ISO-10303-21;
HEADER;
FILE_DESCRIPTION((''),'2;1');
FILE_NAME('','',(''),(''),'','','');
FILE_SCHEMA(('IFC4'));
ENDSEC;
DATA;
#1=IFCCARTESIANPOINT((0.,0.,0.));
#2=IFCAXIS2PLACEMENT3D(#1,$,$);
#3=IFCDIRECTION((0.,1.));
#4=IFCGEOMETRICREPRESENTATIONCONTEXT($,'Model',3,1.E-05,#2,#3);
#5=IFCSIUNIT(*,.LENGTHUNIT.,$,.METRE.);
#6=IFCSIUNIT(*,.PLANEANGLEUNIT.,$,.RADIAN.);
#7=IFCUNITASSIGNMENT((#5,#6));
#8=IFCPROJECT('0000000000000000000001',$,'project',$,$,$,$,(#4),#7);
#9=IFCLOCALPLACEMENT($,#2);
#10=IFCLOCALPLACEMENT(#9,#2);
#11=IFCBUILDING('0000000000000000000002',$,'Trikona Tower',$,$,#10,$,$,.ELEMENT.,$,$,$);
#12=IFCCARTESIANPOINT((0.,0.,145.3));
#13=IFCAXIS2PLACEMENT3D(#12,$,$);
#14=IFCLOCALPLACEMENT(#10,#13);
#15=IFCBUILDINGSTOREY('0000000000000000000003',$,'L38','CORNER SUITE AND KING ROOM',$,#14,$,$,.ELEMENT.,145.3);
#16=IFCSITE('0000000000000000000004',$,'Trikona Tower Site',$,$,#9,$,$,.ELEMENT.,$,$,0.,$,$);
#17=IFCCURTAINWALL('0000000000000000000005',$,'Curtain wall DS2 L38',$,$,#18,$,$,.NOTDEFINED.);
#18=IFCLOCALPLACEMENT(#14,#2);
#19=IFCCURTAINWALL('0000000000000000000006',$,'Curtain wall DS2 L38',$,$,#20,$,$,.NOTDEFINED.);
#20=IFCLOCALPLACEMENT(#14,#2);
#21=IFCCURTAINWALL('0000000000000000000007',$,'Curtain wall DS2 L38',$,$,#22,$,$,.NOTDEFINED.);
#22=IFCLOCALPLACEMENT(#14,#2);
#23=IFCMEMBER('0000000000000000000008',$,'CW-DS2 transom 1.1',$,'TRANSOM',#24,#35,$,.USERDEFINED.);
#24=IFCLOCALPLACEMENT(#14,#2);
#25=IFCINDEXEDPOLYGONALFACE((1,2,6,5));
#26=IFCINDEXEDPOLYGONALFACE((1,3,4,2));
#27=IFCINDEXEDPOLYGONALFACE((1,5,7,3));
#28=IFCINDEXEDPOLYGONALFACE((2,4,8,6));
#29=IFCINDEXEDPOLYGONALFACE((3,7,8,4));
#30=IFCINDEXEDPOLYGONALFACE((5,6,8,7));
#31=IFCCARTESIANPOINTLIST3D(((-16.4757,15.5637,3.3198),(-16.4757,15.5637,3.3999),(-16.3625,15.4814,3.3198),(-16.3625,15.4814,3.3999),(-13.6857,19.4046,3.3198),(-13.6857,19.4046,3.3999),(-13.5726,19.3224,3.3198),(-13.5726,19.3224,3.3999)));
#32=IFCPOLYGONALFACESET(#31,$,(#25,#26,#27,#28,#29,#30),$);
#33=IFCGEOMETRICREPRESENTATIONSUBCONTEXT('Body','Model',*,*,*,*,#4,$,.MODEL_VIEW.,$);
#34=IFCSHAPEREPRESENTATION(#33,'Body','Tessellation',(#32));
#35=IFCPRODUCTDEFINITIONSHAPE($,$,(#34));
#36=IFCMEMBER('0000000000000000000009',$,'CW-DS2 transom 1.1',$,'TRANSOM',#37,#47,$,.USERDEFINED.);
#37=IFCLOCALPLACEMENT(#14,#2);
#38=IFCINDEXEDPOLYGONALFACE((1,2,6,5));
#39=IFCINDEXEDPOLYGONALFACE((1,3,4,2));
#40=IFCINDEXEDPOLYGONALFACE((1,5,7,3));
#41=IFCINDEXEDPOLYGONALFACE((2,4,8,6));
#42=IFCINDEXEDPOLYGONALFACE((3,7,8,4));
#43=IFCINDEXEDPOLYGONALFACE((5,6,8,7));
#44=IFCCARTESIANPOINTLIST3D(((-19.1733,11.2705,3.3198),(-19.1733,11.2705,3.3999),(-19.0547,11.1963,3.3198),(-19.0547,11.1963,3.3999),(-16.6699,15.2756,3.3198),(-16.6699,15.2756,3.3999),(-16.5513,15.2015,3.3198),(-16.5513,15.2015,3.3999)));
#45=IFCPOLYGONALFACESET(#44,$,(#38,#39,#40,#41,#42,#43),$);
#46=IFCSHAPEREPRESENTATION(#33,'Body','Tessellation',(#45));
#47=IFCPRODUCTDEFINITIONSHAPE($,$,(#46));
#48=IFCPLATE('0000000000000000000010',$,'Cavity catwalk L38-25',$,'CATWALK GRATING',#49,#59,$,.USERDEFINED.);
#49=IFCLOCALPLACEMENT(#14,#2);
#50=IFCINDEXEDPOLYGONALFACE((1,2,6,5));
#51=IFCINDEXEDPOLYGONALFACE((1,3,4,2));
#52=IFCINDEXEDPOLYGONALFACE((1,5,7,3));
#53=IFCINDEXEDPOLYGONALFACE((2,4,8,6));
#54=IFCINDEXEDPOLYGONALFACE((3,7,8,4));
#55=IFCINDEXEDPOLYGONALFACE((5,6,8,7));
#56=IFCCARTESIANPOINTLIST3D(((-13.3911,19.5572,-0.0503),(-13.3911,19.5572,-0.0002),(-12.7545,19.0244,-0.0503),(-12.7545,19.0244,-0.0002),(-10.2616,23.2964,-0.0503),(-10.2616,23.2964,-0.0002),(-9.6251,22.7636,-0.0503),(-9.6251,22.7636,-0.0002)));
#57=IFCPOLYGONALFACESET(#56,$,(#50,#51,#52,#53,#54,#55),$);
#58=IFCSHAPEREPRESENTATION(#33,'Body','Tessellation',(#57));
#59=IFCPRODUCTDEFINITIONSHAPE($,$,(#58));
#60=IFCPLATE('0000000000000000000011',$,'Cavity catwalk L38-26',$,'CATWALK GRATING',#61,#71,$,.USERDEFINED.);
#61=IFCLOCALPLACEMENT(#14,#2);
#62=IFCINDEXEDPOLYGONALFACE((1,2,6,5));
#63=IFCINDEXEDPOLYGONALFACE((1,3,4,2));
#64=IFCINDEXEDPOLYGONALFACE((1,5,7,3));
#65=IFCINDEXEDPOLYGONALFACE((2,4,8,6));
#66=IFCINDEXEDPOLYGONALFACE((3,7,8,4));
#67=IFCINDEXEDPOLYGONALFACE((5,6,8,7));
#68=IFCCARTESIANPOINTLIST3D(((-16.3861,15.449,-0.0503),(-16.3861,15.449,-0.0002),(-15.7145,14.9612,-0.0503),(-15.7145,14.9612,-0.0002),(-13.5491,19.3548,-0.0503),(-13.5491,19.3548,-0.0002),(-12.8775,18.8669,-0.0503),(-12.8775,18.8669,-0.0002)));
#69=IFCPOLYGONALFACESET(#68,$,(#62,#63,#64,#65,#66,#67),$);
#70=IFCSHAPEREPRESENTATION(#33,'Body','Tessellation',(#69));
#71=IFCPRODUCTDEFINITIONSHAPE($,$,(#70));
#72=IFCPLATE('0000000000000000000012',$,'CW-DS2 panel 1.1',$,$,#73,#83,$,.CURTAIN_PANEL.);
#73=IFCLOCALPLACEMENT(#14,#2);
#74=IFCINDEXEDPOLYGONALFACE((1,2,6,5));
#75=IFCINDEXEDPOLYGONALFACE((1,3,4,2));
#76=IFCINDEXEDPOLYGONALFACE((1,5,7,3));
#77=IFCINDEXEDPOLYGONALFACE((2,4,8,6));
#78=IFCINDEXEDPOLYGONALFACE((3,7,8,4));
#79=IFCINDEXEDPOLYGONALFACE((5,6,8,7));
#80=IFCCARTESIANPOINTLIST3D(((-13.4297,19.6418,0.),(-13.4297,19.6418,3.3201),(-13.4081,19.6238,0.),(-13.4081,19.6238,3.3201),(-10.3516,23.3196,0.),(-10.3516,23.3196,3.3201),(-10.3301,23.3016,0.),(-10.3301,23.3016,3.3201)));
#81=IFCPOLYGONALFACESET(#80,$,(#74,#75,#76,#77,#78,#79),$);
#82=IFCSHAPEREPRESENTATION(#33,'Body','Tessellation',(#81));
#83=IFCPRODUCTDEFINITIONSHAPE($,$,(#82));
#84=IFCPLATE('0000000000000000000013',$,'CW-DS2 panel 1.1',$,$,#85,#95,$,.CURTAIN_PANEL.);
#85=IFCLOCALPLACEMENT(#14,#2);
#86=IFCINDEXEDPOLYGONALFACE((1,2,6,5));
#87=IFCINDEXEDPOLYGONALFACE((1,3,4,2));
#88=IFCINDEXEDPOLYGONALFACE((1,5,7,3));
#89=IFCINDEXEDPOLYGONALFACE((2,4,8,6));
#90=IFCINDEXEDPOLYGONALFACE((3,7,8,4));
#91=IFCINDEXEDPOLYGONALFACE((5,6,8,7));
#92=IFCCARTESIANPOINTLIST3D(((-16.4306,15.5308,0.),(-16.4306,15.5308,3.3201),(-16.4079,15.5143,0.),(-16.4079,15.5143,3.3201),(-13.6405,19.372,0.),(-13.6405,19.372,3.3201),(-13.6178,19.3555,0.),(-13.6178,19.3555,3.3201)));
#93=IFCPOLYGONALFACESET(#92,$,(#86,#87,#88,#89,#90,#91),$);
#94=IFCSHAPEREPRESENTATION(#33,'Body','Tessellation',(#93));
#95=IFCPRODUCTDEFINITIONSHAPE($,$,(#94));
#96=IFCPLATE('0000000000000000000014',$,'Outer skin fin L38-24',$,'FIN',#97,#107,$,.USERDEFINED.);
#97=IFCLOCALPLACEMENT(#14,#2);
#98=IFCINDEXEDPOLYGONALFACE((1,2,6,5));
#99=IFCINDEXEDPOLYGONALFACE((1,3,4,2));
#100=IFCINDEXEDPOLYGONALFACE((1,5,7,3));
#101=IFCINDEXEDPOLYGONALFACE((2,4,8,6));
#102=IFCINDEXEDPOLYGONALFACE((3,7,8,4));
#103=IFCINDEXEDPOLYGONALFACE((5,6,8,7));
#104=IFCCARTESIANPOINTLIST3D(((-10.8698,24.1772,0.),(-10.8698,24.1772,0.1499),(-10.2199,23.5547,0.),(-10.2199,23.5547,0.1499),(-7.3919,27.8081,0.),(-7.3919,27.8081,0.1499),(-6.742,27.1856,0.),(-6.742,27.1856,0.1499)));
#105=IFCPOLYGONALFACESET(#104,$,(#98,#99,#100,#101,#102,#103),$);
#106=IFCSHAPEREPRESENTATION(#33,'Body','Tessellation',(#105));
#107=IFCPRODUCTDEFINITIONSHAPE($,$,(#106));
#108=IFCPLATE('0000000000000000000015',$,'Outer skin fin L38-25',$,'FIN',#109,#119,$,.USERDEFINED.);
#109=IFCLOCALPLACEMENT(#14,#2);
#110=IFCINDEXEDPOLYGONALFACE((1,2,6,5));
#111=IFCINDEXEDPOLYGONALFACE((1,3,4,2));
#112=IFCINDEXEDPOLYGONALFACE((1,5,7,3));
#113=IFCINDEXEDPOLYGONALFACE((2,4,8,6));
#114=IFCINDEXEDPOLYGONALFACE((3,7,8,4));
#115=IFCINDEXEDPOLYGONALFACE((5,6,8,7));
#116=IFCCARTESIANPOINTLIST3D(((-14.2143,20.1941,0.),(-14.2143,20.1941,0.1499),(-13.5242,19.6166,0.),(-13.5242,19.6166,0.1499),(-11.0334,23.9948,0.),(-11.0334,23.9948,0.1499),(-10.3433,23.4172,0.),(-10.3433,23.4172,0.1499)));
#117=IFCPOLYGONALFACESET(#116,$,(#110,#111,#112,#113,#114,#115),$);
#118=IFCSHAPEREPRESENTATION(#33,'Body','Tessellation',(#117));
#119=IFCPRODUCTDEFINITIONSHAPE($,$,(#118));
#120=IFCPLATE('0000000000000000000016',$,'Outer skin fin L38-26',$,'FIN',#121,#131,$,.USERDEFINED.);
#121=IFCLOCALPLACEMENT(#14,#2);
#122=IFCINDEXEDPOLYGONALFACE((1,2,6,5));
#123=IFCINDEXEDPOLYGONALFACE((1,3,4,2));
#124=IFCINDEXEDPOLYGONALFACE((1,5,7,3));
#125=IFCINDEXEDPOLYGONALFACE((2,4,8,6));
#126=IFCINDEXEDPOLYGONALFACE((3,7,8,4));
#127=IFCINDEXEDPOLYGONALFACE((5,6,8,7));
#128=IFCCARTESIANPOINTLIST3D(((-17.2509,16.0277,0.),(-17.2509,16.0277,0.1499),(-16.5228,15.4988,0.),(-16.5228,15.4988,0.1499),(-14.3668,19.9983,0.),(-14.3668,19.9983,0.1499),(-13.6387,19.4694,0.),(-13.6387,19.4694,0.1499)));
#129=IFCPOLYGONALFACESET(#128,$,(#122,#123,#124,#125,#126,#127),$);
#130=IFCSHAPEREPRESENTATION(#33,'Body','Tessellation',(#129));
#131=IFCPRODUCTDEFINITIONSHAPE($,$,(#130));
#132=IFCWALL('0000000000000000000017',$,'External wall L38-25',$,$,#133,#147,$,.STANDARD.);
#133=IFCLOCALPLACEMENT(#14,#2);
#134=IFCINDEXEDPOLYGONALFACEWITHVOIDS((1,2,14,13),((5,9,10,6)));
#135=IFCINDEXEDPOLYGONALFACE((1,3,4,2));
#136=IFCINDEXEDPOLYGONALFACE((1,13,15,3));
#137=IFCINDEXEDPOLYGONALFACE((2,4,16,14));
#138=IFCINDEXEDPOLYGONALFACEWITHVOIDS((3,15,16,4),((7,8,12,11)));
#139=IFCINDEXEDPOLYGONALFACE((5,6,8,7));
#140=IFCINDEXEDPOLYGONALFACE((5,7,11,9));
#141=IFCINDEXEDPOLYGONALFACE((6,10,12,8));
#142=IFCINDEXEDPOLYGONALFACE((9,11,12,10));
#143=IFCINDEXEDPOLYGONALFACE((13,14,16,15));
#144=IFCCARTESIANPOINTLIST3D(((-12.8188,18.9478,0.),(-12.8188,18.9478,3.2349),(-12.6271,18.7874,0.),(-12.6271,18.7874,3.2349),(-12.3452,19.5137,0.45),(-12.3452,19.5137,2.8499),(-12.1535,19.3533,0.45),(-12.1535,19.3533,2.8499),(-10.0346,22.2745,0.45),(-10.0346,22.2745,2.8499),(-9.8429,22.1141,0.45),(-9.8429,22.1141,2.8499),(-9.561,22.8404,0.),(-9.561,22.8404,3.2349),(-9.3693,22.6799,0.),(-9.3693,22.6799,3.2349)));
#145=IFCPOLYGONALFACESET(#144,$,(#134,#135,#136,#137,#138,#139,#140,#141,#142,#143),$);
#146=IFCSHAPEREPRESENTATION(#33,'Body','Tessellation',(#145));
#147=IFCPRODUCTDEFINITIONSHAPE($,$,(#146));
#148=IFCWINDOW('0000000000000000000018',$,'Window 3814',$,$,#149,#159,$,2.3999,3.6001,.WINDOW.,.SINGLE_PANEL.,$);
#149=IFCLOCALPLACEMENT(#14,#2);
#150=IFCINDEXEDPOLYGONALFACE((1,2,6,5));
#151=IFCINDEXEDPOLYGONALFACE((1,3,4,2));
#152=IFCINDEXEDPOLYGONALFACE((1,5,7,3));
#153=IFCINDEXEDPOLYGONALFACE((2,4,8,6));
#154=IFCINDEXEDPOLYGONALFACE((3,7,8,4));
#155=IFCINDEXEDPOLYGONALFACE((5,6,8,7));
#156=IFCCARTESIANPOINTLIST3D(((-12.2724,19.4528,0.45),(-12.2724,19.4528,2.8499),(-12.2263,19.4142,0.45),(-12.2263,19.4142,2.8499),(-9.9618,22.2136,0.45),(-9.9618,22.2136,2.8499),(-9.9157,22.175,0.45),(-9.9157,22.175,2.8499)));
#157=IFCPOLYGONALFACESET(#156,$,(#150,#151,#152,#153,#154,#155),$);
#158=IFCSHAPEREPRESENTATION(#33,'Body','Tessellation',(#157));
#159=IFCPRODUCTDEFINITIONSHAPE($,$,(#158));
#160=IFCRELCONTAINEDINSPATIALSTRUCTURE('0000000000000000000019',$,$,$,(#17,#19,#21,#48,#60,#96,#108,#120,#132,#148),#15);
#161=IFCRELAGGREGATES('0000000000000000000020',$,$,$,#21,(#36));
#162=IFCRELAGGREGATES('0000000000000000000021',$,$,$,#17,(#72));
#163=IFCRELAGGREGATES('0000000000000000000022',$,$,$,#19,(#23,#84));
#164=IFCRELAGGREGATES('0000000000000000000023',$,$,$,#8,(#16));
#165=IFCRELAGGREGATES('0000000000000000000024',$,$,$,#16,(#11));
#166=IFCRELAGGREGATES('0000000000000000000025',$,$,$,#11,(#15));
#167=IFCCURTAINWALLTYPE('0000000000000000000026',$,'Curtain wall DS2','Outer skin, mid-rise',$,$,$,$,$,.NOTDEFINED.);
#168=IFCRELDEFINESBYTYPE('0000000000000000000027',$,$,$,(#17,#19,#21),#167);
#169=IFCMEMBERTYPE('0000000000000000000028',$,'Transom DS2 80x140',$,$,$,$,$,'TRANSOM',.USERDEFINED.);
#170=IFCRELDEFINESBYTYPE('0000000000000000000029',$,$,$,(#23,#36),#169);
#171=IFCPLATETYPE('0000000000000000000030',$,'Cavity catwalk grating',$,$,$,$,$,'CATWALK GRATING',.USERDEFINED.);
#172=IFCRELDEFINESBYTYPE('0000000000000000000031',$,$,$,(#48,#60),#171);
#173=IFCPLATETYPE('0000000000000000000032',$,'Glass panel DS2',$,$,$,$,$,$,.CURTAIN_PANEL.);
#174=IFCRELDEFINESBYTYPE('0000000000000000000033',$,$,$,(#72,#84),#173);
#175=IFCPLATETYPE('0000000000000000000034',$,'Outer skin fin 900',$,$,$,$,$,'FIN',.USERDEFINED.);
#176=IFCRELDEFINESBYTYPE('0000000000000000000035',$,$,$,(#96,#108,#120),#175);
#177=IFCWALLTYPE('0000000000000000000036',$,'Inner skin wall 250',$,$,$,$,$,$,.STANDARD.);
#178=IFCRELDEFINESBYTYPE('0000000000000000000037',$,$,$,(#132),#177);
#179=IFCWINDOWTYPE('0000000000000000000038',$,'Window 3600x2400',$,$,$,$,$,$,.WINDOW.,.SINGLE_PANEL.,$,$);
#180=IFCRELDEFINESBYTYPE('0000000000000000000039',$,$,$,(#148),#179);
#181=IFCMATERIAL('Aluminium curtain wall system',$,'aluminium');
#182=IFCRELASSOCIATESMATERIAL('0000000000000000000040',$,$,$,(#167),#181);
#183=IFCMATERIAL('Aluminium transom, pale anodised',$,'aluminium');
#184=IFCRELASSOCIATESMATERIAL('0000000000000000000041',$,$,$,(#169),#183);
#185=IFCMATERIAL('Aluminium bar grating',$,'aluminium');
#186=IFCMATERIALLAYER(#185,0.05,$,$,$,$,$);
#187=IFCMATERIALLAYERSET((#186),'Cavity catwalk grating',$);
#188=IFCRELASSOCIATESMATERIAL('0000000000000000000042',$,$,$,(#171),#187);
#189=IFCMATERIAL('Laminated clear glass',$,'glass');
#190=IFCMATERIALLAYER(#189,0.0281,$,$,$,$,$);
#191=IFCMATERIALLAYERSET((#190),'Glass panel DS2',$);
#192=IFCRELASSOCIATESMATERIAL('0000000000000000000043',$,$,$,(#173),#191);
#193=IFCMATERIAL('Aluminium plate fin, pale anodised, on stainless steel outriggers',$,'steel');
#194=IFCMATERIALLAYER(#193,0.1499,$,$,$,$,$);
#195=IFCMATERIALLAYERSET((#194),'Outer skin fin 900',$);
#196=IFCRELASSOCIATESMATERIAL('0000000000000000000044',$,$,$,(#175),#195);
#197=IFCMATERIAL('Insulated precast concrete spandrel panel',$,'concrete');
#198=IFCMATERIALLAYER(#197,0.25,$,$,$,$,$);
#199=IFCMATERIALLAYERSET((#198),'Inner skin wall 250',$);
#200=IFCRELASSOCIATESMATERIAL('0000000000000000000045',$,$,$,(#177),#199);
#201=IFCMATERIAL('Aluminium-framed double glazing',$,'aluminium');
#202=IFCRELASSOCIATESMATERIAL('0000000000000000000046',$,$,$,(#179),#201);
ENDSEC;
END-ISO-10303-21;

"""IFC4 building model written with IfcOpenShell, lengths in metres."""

from ifc_helpers import new_model, si_unit, direction, frame, frame_2d, origin, origin_2d, place, context, subcontext, project, spatial, rectangle, extrude, material, layer, layer_set, material_profile, profile_set, type_object, element, fill, aggregate, save


model = new_model("IFC4")

# Units and contexts
model_context = context("Model", 3, precision=1e-05, world=origin(), true_north=direction((0.0, 1.0)))
body_context = subcontext(model_context, "Body", "Model", "MODEL_VIEW")
ifc_project = project(units=[si_unit("LENGTHUNIT", "METRE"), si_unit("PLANEANGLEUNIT", "RADIAN")], contexts=[model_context])

# Site, building, storey
site_placement = place(None, origin())
site = spatial("IfcSite", under=ifc_project, at=site_placement, Name="Trikona Tower Site", CompositionType="ELEMENT", RefElevation=0.0)
building_placement = place(site_placement, origin())
building = spatial("IfcBuilding", under=site, at=building_placement, Name="Trikona Tower", CompositionType="ELEMENT")
storey_placement = place(building_placement, frame((0.0, 0.0, 145.3)))
storey = spatial("IfcBuildingStorey", under=building, at=storey_placement, Name="L38", Description="CORNER SUITE AND KING ROOM", CompositionType="ELEMENT", Elevation=145.3)

# Shared definitions
ifc_material_1 = material(Name="Aluminium curtain wall system", Category="aluminium")
curtain_wall_type = type_object("IfcCurtainWallType", Name="Curtain wall DS2", Description="Outer skin, mid-rise", PredefinedType="NOTDEFINED", material=ifc_material_1)

# Curtain walls
curtain_wall_1_placement = place(storey_placement, origin())
curtain_wall_1 = element("IfcCurtainWall", 1, at=curtain_wall_1_placement, inside=storey, type_object=curtain_wall_type, Name="Curtain wall DS2 L38", PredefinedType="NOTDEFINED")
curtain_wall_2_placement = place(storey_placement, origin())
curtain_wall_2 = element("IfcCurtainWall", 2, at=curtain_wall_2_placement, inside=storey, type_object=curtain_wall_type, Name="Curtain wall DS2 L38", PredefinedType="NOTDEFINED")

# Curtain wall
curtain_wall_3_placement = place(storey_placement, origin())
curtain_wall_3 = element("IfcCurtainWall", 3, at=curtain_wall_3_placement, inside=storey, type_object=curtain_wall_type, Name="Curtain wall DS2 L38", PredefinedType="NOTDEFINED")

# Members
ifc_material_2 = material(Name="Aluminium transom, pale anodised", Category="aluminium")
ifc_material_profile_1 = material_profile(ifc_material_2, rectangle(XDim=0.1399, YDim=0.0801, at=origin_2d()), Name="TRN-DS2")
ifc_profile_set_1 = profile_set([ifc_material_profile_1], Name="Aluminium transom, pale anodised")
member_type_1 = type_object("IfcMemberType", Name="Transom DS2 80x140", ElementType="TRANSOM", PredefinedType="USERDEFINED", material=ifc_profile_set_1)
member_1_placement = place(storey_placement, frame((-13.6292, 19.3635, 3.3599), z_axis=(-0.587695, -0.809083, 0.0), x_axis=(0.809083, -0.587695, 0.0)))
member_1 = element("IfcMember", 4, at=member_1_placement, type_object=member_type_1, Name="CW-DS2 transom 1.1", ObjectType="TRANSOM", PredefinedType="USERDEFINED", context=body_context, shape_type="SweptSolid", body=[
    extrude(rectangle(XDim=0.1399, YDim=0.0801, at=origin_2d()), origin(), (0.0, 0.0, 1.0), 4.7473),
])
member_2_placement = place(storey_placement, frame((-16.6106, 15.2385, 3.3599), z_axis=(-0.530031, -0.847978, 0.0), x_axis=(0.847978, -0.530031, 0.0)))
member_2 = element("IfcMember", 5, at=member_2_placement, type_object=member_type_1, Name="CW-DS2 transom 1.1", ObjectType="TRANSOM", PredefinedType="USERDEFINED", context=body_context, shape_type="SweptSolid", body=[
    extrude(rectangle(XDim=0.1399, YDim=0.0801, at=origin_2d()), origin(), (0.0, 0.0, 1.0), 4.7231),
])
aggregate(curtain_wall_3, [member_2])

# Plates
ifc_material_3 = material(Name="Aluminium bar grating", Category="aluminium")
ifc_layer_1 = layer(ifc_material_3, 0.05)
ifc_layer_set_1 = layer_set([ifc_layer_1], Name="Cavity catwalk grating")
plate_type_1 = type_object("IfcPlateType", Name="Cavity catwalk grating", ElementType="CATWALK GRATING", PredefinedType="USERDEFINED", material=ifc_layer_set_1)
plate_1_placement = place(storey_placement, frame((-11.5081, 21.1604, -0.0503), z_axis=(0.0, 0.0, 1.0), x_axis=(-0.641807, -0.766866, 0.0)))
element("IfcPlate", 6, at=plate_1_placement, inside=storey, type_object=plate_type_1, Name="Cavity catwalk L38-25", ObjectType="CATWALK GRATING", PredefinedType="USERDEFINED", context=body_context, shape_type="SweptSolid", body=[
    extrude(rectangle(XDim=4.876, YDim=0.8301, at=origin_2d()), origin(), (0.0, 0.0, 1.0), 0.05),
])
plate_2_placement = place(storey_placement, frame((-14.6318, 17.158, -0.0503), z_axis=(0.0, 0.0, 1.0), x_axis=(-0.587686, -0.809089, 0.0)))
element("IfcPlate", 7, at=plate_2_placement, inside=storey, type_object=plate_type_1, Name="Cavity catwalk L38-26", ObjectType="CATWALK GRATING", PredefinedType="USERDEFINED", context=body_context, shape_type="SweptSolid", body=[
    extrude(rectangle(XDim=4.8274, YDim=0.8301, at=origin_2d()), origin(), (0.0, 0.0, 1.0), 0.05),
])

# Plates
ifc_material_4 = material(Name="Laminated clear glass", Category="glass")
ifc_layer_2 = layer(ifc_material_4, 0.0281)
ifc_layer_set_2 = layer_set([ifc_layer_2], Name="Glass panel DS2")
plate_type_2 = type_object("IfcPlateType", Name="Glass panel DS2", PredefinedType="CURTAIN_PANEL", material=ifc_layer_set_2)
plate_3_placement = place(storey_placement, frame((-11.8799, 21.4717, 0.0), z_axis=(0.0, 0.0, 1.0), x_axis=(-0.641806, -0.766867, 0.0)))
plate_3 = element("IfcPlate", 8, at=plate_3_placement, type_object=plate_type_2, Name="CW-DS2 panel 1.1", PredefinedType="CURTAIN_PANEL", context=body_context, shape_type="SweptSolid", body=[
    extrude(rectangle(XDim=4.7959, YDim=0.0281, at=origin_2d()), origin(), (0.0, 0.0, 1.0), 3.3201),
])
aggregate(curtain_wall_1, [plate_3])
plate_4_placement = place(storey_placement, frame((-15.0242, 17.4431, 0.0), z_axis=(0.0, 0.0, 1.0), x_axis=(-0.587691, -0.809086, 0.0)))
plate_4 = element("IfcPlate", 9, at=plate_4_placement, type_object=plate_type_2, Name="CW-DS2 panel 1.1", PredefinedType="CURTAIN_PANEL", context=body_context, shape_type="SweptSolid", body=[
    extrude(rectangle(XDim=4.7476, YDim=0.0281, at=origin_2d()), origin(), (0.0, 0.0, 1.0), 3.3201),
])
aggregate(curtain_wall_2, [member_1, plate_4])

# Plates
ifc_material_5 = material(Name="Aluminium plate fin, pale anodised, on stainless steel outriggers", Category="steel")
ifc_layer_3 = layer(ifc_material_5, 0.1499)
ifc_layer_set_3 = layer_set([ifc_layer_3], Name="Outer skin fin 900")
plate_type_3 = type_object("IfcPlateType", Name="Outer skin fin 900", ElementType="FIN", PredefinedType="USERDEFINED", material=ifc_layer_set_3)
plate_5_placement = place(storey_placement, frame((-8.8059, 25.6814, 0.0), z_axis=(0.0, 0.0, 1.0), x_axis=(-0.691724, -0.722162, 0.0)))
element("IfcPlate", 10, at=plate_5_placement, inside=storey, type_object=plate_type_3, Name="Outer skin fin L38-24", ObjectType="FIN", PredefinedType="USERDEFINED", context=body_context, shape_type="SweptSolid", body=[
    extrude(rectangle(XDim=5.0278, YDim=0.8999, at=origin_2d()), origin(), (0.0, 0.0, 1.0), 0.1499),
])
plate_6_placement = place(storey_placement, frame((-12.2788, 21.8057, 0.0), z_axis=(0.0, 0.0, 1.0), x_axis=(-0.641807, -0.766866, 0.0)))
element("IfcPlate", 11, at=plate_6_placement, inside=storey, type_object=plate_type_3, Name="Outer skin fin L38-25", ObjectType="FIN", PredefinedType="USERDEFINED", context=body_context, shape_type="SweptSolid", body=[
    extrude(rectangle(XDim=4.9561, YDim=0.8999, at=origin_2d()), origin(), (0.0, 0.0, 1.0), 0.1499),
])
plate_7_placement = place(storey_placement, frame((-15.4448, 17.7485, 0.0), z_axis=(0.0, 0.0, 1.0), x_axis=(-0.587686, -0.809089, 0.0)))
element("IfcPlate", 12, at=plate_7_placement, inside=storey, type_object=plate_type_3, Name="Outer skin fin L38-26", ObjectType="FIN", PredefinedType="USERDEFINED", context=body_context, shape_type="SweptSolid", body=[
    extrude(rectangle(XDim=4.9075, YDim=0.8999, at=origin_2d()), origin(), (0.0, 0.0, 1.0), 0.1499),
])

# Wall, opening, window
ifc_material_6 = material(Name="Insulated precast concrete spandrel panel", Category="concrete")
ifc_layer_4 = layer(ifc_material_6, 0.25)
ifc_layer_set_4 = layer_set([ifc_layer_4], Name="Inner skin wall 250")
wall_type = type_object("IfcWallType", Name="Inner skin wall 250", PredefinedType="STANDARD", material=ifc_layer_set_4)
wall_1_placement = place(storey_placement, frame((-9.4651, 22.7603, 0.0), z_axis=(0.0, 0.0, 1.0), x_axis=(-0.64181, -0.766863, 0.0)))
wall_1 = element("IfcWall", 13, at=wall_1_placement, inside=storey, type_object=wall_type, Name="External wall L38-25", PredefinedType="STANDARD", context=body_context, shape_type="SweptSolid", body=[
    extrude(rectangle(XDim=5.0759, YDim=0.25, at=frame_2d((2.5381, 0.0))), origin(), (0.0, 0.0, 1.0), 3.2349),
])
opening_1_placement = place(wall_1_placement, frame((0.738, 0.0, 0.45)))
opening_1 = element("IfcOpeningElement", 14, at=opening_1_placement, cuts=wall_1, PredefinedType="OPENING", context=body_context, shape_type="SweptSolid", body=[
    extrude(rectangle(XDim=3.6001, YDim=2.3999, at=frame_2d((1.8, 1.2))), frame((0.0, 0.135, 0.0), z_axis=(0.0, -1.0, 0.0), x_axis=(1.0, 0.0, 0.0)), (0.0, 0.0, 1.0), 0.27),
])
ifc_material_7 = material(Name="Aluminium-framed double glazing", Category="aluminium")
window_type = type_object("IfcWindowType", Name="Window 3600x2400", PartitioningType="SINGLE_PANEL", PredefinedType="WINDOW", material=ifc_material_7)
window_1_placement = place(opening_1_placement, origin())
window_1 = element("IfcWindow", 15, at=window_1_placement, inside=storey, type_object=window_type, Name="Window 3814", OverallHeight=2.3999, OverallWidth=3.6001, PartitioningType="SINGLE_PANEL", PredefinedType="WINDOW", context=body_context, shape_type="SweptSolid", body=[
    extrude(rectangle(XDim=3.6001, YDim=2.3999, at=frame_2d((1.8, 1.2))), frame((0.0, 0.03, 0.0), z_axis=(0.0, -1.0, 0.0), x_axis=(1.0, 0.0, 0.0)), (0.0, 0.0, 1.0), 0.0601),
])
fill(opening_1, window_1)

save(model, "model.ifc")
